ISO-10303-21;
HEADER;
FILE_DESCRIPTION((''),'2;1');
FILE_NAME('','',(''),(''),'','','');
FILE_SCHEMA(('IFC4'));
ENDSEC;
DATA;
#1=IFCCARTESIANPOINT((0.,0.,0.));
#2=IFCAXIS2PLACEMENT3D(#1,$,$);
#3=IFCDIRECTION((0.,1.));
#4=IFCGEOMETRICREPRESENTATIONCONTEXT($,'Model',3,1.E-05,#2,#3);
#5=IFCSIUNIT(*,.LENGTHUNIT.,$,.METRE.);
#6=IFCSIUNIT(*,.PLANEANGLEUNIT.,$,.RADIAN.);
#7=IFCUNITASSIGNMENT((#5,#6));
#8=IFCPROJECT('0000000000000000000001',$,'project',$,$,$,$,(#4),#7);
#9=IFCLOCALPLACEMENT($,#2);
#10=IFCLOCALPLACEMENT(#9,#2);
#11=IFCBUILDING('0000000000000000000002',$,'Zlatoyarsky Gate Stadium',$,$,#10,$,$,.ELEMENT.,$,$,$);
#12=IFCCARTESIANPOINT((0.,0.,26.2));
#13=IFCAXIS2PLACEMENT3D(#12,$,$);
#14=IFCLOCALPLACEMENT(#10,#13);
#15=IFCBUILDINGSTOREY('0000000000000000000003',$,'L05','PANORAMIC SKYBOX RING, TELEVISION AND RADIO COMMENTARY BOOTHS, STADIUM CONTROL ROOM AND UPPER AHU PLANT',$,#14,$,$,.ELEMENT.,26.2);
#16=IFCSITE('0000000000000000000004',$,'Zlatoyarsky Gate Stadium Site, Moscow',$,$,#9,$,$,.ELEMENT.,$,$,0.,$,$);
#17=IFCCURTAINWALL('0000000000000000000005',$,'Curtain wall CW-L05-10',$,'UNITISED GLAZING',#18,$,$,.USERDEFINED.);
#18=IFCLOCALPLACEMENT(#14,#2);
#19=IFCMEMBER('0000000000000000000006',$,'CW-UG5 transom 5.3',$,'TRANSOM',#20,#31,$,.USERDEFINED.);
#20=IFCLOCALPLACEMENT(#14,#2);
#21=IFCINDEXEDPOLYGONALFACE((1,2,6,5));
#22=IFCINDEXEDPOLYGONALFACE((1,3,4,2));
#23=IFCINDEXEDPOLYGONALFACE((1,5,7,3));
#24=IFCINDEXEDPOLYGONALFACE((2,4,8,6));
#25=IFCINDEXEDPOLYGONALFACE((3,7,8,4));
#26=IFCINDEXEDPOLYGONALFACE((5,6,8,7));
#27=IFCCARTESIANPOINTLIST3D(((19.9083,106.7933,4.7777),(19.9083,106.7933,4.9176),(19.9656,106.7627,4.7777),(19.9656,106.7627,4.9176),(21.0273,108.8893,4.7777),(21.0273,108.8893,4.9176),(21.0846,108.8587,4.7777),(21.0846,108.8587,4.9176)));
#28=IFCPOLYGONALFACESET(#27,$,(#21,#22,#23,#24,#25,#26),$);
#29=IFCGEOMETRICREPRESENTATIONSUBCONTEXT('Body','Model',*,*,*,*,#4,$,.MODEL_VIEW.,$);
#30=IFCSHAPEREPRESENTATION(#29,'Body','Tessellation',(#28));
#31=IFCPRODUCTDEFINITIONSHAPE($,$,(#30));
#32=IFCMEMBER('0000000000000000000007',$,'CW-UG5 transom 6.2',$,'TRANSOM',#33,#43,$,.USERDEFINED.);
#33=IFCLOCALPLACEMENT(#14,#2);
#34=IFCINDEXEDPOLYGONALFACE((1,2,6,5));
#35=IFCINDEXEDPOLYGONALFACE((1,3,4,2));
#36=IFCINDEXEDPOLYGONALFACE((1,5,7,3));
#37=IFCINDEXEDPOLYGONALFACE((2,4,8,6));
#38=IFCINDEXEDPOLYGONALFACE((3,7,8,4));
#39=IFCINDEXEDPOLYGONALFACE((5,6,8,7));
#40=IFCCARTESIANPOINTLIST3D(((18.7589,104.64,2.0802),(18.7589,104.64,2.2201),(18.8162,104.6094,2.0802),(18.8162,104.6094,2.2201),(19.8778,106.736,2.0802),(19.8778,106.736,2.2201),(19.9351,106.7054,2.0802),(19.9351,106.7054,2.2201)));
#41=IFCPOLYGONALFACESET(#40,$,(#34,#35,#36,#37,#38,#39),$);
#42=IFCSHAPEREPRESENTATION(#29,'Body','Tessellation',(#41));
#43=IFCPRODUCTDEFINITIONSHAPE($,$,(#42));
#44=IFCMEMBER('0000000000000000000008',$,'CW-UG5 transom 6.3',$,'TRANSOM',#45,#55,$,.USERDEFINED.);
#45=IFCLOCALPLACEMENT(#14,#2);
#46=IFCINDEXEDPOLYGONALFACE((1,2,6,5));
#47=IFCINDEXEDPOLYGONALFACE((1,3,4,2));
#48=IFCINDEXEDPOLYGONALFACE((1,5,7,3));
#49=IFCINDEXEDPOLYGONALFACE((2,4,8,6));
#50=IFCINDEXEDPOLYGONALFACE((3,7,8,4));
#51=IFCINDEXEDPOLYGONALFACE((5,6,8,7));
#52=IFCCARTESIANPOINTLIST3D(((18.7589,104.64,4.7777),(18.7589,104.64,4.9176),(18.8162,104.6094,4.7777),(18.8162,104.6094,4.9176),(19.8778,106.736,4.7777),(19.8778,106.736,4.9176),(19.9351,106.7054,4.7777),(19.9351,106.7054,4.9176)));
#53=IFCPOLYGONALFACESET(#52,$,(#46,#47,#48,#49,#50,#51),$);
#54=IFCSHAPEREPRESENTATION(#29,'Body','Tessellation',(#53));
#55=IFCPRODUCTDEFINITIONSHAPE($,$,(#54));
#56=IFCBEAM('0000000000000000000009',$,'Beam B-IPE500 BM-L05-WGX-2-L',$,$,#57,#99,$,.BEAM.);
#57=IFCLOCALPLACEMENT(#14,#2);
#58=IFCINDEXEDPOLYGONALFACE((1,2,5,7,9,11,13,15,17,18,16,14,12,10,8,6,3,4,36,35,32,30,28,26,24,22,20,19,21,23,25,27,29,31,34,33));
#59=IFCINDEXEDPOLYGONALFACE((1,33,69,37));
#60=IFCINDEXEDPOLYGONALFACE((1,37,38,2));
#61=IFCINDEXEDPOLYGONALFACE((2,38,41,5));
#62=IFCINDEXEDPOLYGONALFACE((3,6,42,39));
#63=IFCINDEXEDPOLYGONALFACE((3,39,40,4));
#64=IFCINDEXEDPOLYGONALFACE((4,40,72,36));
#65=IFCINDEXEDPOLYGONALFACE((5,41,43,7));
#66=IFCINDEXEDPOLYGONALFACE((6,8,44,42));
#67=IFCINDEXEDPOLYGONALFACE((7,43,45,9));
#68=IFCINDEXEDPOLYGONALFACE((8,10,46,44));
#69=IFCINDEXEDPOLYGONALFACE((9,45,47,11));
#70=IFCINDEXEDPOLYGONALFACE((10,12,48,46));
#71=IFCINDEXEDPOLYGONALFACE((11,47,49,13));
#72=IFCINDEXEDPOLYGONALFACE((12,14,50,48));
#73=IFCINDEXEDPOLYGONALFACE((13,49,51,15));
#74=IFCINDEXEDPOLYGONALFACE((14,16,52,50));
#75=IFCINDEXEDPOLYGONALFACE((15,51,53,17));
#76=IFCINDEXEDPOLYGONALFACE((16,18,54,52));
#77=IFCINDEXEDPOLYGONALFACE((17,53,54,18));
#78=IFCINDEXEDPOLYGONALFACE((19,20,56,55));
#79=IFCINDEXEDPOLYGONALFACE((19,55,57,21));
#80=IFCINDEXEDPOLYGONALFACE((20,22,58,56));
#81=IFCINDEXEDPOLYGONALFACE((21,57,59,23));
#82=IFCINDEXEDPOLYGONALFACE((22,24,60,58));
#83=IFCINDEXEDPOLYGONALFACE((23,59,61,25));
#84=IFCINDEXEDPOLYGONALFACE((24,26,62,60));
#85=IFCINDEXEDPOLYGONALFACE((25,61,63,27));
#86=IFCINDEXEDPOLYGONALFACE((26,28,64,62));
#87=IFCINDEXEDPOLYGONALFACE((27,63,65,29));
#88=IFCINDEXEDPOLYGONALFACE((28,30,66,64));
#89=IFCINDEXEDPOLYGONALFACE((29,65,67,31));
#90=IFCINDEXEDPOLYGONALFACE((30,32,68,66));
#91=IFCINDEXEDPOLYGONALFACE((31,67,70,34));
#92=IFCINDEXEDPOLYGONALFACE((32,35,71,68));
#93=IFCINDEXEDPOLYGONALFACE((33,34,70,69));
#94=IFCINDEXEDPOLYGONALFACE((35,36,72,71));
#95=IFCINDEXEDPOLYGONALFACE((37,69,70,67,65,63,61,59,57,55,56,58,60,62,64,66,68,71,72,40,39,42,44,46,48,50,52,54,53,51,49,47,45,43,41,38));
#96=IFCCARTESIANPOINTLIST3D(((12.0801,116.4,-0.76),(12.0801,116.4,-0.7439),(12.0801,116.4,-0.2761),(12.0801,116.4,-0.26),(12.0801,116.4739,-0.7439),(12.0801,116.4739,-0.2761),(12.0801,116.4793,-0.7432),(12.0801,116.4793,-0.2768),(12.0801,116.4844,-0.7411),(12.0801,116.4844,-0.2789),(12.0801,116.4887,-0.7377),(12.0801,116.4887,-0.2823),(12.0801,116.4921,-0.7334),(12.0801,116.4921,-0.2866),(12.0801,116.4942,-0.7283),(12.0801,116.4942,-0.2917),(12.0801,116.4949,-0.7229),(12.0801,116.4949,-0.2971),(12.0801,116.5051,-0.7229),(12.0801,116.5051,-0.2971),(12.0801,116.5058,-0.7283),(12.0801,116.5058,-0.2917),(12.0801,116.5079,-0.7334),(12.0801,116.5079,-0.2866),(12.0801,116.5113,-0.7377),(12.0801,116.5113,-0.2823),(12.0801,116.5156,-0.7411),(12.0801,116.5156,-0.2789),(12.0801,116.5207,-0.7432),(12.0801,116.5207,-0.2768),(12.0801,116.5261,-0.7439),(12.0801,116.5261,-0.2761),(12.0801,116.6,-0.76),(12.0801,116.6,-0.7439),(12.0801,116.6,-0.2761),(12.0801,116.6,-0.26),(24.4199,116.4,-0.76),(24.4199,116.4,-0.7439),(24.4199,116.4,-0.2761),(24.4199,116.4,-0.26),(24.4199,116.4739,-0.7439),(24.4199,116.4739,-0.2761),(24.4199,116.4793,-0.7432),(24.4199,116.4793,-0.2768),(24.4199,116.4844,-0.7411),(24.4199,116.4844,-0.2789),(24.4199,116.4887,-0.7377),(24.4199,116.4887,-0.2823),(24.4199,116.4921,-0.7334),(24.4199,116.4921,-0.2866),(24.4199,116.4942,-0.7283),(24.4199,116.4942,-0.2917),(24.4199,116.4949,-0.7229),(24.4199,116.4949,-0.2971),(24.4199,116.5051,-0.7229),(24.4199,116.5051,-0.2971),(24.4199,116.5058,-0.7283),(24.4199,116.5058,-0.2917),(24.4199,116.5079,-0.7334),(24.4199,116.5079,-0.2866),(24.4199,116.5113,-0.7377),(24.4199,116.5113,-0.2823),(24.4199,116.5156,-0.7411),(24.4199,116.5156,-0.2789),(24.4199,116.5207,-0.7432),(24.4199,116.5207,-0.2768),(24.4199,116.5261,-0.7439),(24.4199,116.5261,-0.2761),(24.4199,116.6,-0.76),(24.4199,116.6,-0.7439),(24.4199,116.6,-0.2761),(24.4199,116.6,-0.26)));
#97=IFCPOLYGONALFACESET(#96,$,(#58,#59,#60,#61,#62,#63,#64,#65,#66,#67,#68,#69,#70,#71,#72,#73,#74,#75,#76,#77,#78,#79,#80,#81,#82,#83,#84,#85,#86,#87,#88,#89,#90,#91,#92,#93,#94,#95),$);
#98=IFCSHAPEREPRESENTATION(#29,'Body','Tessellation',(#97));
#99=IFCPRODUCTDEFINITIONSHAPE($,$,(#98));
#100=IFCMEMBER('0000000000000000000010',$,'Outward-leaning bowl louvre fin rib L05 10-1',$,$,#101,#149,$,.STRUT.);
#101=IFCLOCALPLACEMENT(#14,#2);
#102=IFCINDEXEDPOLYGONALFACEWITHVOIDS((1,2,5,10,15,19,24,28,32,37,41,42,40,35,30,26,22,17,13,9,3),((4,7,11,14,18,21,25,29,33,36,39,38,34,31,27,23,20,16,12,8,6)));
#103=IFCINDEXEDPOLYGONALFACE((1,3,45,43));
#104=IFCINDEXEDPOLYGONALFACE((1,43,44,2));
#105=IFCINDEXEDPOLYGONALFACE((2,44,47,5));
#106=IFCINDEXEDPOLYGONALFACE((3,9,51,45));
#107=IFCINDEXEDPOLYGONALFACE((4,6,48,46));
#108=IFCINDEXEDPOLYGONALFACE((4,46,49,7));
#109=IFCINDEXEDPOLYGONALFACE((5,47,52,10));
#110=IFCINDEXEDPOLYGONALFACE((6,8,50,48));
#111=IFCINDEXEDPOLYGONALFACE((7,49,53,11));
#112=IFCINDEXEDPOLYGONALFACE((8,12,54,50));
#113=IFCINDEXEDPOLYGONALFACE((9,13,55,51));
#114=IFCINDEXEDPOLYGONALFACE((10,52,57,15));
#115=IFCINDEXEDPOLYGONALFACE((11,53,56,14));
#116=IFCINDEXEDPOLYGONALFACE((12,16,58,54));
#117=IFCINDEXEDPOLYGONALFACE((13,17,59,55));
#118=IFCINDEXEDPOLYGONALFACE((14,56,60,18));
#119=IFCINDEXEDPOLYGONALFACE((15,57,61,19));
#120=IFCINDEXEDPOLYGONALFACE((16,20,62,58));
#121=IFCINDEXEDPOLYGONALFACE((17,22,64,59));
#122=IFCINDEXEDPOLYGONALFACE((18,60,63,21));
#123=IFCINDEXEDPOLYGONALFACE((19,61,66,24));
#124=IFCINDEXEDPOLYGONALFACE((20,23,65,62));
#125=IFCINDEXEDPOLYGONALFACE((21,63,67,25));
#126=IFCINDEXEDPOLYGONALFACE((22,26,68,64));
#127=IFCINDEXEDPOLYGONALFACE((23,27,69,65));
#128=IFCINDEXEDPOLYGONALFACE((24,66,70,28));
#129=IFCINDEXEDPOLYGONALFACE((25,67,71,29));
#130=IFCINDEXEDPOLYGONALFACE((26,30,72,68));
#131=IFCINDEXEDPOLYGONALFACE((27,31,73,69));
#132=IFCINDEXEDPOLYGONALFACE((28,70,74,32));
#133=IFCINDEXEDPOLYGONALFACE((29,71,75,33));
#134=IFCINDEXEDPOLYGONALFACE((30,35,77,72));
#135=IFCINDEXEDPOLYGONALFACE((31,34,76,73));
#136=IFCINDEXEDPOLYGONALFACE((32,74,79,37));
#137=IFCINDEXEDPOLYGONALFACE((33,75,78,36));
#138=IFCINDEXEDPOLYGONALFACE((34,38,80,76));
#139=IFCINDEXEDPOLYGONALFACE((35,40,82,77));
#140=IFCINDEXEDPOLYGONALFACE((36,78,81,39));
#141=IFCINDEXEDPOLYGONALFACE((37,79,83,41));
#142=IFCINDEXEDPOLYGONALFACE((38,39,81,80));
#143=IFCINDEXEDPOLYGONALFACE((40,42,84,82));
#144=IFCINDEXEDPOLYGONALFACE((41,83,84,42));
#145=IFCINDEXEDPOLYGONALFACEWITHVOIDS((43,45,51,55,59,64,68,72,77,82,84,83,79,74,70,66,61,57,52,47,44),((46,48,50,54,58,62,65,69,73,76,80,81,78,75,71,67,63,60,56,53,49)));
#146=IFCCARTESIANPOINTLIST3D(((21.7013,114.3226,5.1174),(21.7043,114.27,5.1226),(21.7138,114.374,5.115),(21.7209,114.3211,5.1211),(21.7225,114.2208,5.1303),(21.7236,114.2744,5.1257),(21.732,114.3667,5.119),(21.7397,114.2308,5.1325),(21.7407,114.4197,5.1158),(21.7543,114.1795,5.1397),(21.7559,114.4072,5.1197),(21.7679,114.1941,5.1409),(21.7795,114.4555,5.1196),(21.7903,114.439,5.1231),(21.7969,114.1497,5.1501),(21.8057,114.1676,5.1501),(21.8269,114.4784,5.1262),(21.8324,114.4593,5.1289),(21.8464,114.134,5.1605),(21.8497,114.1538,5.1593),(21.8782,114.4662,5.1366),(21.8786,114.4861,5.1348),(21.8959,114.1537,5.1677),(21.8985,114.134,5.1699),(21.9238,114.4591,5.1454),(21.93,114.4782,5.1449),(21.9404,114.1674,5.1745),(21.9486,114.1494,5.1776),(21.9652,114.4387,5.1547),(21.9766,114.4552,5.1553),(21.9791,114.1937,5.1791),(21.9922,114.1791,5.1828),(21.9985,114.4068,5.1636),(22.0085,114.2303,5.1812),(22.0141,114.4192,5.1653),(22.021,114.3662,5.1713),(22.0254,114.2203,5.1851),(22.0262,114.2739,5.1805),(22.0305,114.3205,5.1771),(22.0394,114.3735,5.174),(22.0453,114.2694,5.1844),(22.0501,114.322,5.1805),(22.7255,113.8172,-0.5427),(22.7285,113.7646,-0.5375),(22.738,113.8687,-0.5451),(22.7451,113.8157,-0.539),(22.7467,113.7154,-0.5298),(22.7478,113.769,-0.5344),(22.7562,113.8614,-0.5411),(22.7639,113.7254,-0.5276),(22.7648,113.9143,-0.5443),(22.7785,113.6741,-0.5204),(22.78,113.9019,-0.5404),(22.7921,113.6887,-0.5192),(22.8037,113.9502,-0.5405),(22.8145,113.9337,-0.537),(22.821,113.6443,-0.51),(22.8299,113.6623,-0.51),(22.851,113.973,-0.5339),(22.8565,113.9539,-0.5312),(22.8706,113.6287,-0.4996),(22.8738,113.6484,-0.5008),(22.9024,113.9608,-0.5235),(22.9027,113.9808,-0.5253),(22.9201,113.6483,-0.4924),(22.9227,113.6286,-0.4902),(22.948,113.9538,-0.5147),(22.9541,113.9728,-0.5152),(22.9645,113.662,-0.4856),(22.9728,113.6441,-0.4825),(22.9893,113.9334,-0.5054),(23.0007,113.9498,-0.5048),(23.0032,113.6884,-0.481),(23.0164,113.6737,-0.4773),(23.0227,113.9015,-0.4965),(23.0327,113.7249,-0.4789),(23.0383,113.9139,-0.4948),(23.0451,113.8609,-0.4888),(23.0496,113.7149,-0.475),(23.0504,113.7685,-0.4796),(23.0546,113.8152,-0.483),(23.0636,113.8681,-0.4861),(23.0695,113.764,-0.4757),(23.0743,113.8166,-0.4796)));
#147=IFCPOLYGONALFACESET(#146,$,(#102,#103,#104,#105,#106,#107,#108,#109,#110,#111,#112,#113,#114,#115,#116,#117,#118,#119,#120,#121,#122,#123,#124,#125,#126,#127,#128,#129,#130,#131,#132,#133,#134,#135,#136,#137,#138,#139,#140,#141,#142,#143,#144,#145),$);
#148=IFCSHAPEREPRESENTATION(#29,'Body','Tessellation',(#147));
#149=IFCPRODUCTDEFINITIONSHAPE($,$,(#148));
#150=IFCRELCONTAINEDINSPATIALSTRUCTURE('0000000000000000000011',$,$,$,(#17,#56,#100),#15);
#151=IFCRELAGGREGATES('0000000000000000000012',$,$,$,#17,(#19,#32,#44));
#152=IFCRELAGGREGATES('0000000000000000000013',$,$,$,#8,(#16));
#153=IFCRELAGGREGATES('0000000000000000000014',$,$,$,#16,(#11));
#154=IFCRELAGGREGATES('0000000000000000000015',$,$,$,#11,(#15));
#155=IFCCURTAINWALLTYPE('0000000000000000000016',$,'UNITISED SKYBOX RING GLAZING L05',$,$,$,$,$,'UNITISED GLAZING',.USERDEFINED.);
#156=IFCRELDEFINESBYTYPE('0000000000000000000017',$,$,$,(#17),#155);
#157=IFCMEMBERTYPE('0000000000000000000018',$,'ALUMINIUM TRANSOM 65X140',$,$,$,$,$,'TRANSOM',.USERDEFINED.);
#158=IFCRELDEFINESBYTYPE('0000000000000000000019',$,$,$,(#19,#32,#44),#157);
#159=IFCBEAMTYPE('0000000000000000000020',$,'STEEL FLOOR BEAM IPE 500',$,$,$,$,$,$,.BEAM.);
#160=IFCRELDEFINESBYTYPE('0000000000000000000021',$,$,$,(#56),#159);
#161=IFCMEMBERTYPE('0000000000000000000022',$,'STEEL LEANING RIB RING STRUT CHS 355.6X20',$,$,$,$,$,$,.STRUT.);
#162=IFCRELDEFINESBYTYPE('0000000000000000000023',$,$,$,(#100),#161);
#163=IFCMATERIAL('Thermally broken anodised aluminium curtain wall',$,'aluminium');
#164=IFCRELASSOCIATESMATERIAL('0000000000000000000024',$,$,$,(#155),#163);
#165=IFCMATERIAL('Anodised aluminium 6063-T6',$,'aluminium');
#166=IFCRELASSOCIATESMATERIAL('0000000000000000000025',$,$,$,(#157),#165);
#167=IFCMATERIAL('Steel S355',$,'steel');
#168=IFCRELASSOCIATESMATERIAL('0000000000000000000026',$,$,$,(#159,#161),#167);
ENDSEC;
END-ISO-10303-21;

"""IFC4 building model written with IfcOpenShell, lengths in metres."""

from ifc_helpers import new_model, si_unit, direction, frame, origin, origin_2d, place, context, subcontext, project, spatial, rectangle, hollow_circle, i_section, extrude, material, material_profile, profile_set, type_object, element, aggregate, save


model = new_model("IFC4")

# Units and contexts
model_context = context("Model", 3, precision=1e-05, world=origin(), true_north=direction((0.0, 1.0)))
body_context = subcontext(model_context, "Body", "Model", "MODEL_VIEW")
ifc_project = project(units=[si_unit("LENGTHUNIT", "METRE"), si_unit("PLANEANGLEUNIT", "RADIAN")], contexts=[model_context])

# Site, building, storey
site_placement = place(None, origin())
site = spatial("IfcSite", under=ifc_project, at=site_placement, Name="Zlatoyarsky Gate Stadium Site, Moscow", CompositionType="ELEMENT", RefElevation=0.0)
building_placement = place(site_placement, origin())
building = spatial("IfcBuilding", under=site, at=building_placement, Name="Zlatoyarsky Gate Stadium", CompositionType="ELEMENT")
storey_placement = place(building_placement, frame((0.0, 0.0, 26.2)))
storey = spatial("IfcBuildingStorey", under=building, at=storey_placement, Name="L05", Description="PANORAMIC SKYBOX RING, TELEVISION AND RADIO COMMENTARY BOOTHS, STADIUM CONTROL ROOM AND UPPER AHU PLANT", CompositionType="ELEMENT", Elevation=26.2)

# Curtain wall, members
ifc_material_1 = material(Name="Thermally broken anodised aluminium curtain wall", Category="aluminium")
curtain_wall_type = type_object("IfcCurtainWallType", Name="UNITISED SKYBOX RING GLAZING L05", ElementType="UNITISED GLAZING", PredefinedType="USERDEFINED", material=ifc_material_1)
curtain_wall_placement = place(storey_placement, origin())
curtain_wall = element("IfcCurtainWall", 1, at=curtain_wall_placement, inside=storey, type_object=curtain_wall_type, Name="Curtain wall CW-L05-10", ObjectType="UNITISED GLAZING", PredefinedType="USERDEFINED")
ifc_material_2 = material(Name="Anodised aluminium 6063-T6", Category="aluminium")
ifc_material_profile_1 = material_profile(ifc_material_2, rectangle(XDim=0.0649, YDim=0.1399, at=origin_2d()), Name="ALU 65X140")
ifc_profile_set_1 = profile_set([ifc_material_profile_1], Name="Anodised aluminium 6063-T6")
member_type_1 = type_object("IfcMemberType", Name="ALUMINIUM TRANSOM 65X140", ElementType="TRANSOM", PredefinedType="USERDEFINED", material=ifc_profile_set_1)
member_1_placement = place(storey_placement, frame((21.0559, 108.874, 4.8477), z_axis=(-0.470935, -0.882168, 0.0), x_axis=(0.882168, -0.470935, 0.0)))
member_1 = element("IfcMember", 2, at=member_1_placement, type_object=member_type_1, Name="CW-UG5 transom 5.3", ObjectType="TRANSOM", PredefinedType="USERDEFINED", context=body_context, shape_type="SweptSolid", body=[
    extrude(rectangle(XDim=0.0649, YDim=0.1399, at=origin_2d()), origin(), (0.0, 0.0, 1.0), 2.376),
])
member_2_placement = place(storey_placement, frame((19.9065, 106.7207, 2.1501), z_axis=(-0.470935, -0.882168, 0.0), x_axis=(0.882168, -0.470935, 0.0)))
member_2 = element("IfcMember", 3, at=member_2_placement, type_object=member_type_1, Name="CW-UG5 transom 6.2", ObjectType="TRANSOM", PredefinedType="USERDEFINED", context=body_context, shape_type="SweptSolid", body=[
    extrude(rectangle(XDim=0.0649, YDim=0.1399, at=origin_2d()), origin(), (0.0, 0.0, 1.0), 2.376),
])
member_3_placement = place(storey_placement, frame((19.9065, 106.7207, 4.8477), z_axis=(-0.470935, -0.882168, 0.0), x_axis=(0.882168, -0.470935, 0.0)))
member_3 = element("IfcMember", 4, at=member_3_placement, type_object=member_type_1, Name="CW-UG5 transom 6.3", ObjectType="TRANSOM", PredefinedType="USERDEFINED", context=body_context, shape_type="SweptSolid", body=[
    extrude(rectangle(XDim=0.0649, YDim=0.1399, at=origin_2d()), origin(), (0.0, 0.0, 1.0), 2.376),
])

# Beam
ifc_material_3 = material(Name="Steel S355", Category="steel")
ifc_material_profile_2 = material_profile(ifc_material_3, i_section(OverallWidth=0.2, OverallDepth=0.5, WebThickness=0.0103, FlangeThickness=0.0161, FilletRadius=0.021, at=origin_2d()), Name="IPE 500")
ifc_profile_set_2 = profile_set([ifc_material_profile_2], Name="Steel S355")
beam_type = type_object("IfcBeamType", Name="STEEL FLOOR BEAM IPE 500", PredefinedType="BEAM", material=ifc_profile_set_2)
beam_placement = place(storey_placement, frame((12.0801, 116.5, -0.51), z_axis=(1.0, 0.0, 0.0), x_axis=(0.0, 1.0, 0.0)))
element("IfcBeam", 5, at=beam_placement, inside=storey, type_object=beam_type, Name="Beam B-IPE500 BM-L05-WGX-2-L", PredefinedType="BEAM", context=body_context, shape_type="SweptSolid", body=[
    extrude(i_section(OverallWidth=0.2, OverallDepth=0.5, WebThickness=0.0103, FlangeThickness=0.0161, FilletRadius=0.021, at=origin_2d()), origin(), (0.0, 0.0, 1.0), 12.3398),
])

# Member
ifc_material_profile_3 = material_profile(ifc_material_3, hollow_circle(Radius=0.1777, WallThickness=0.02, at=origin_2d()), Name="CHS 355.6X20")
ifc_profile_set_3 = profile_set([ifc_material_profile_3], Name="Steel S355")
member_type_2 = type_object("IfcMemberType", Name="STEEL LEANING RIB RING STRUT CHS 355.6X20", PredefinedType="STRUT", material=ifc_profile_set_3)
member_4_placement = place(storey_placement, frame((22.8997, 113.8037, -0.51), z_axis=(-0.177369, 0.087522, 0.980245), x_axis=(-0.442504, -0.896766, 0.0)))
element("IfcMember", 6, at=member_4_placement, inside=storey, type_object=member_type_2, Name="Outward-leaning bowl louvre fin rib L05 10-1", PredefinedType="STRUT", context=body_context, shape_type="SweptSolid", body=[
    extrude(hollow_circle(Radius=0.1777, WallThickness=0.02, at=origin_2d()), origin(), (0.0, 0.0, 1.0), 5.7742),
])

aggregate(curtain_wall, [member_1, member_2, member_3])

save(model, "model.ifc")
